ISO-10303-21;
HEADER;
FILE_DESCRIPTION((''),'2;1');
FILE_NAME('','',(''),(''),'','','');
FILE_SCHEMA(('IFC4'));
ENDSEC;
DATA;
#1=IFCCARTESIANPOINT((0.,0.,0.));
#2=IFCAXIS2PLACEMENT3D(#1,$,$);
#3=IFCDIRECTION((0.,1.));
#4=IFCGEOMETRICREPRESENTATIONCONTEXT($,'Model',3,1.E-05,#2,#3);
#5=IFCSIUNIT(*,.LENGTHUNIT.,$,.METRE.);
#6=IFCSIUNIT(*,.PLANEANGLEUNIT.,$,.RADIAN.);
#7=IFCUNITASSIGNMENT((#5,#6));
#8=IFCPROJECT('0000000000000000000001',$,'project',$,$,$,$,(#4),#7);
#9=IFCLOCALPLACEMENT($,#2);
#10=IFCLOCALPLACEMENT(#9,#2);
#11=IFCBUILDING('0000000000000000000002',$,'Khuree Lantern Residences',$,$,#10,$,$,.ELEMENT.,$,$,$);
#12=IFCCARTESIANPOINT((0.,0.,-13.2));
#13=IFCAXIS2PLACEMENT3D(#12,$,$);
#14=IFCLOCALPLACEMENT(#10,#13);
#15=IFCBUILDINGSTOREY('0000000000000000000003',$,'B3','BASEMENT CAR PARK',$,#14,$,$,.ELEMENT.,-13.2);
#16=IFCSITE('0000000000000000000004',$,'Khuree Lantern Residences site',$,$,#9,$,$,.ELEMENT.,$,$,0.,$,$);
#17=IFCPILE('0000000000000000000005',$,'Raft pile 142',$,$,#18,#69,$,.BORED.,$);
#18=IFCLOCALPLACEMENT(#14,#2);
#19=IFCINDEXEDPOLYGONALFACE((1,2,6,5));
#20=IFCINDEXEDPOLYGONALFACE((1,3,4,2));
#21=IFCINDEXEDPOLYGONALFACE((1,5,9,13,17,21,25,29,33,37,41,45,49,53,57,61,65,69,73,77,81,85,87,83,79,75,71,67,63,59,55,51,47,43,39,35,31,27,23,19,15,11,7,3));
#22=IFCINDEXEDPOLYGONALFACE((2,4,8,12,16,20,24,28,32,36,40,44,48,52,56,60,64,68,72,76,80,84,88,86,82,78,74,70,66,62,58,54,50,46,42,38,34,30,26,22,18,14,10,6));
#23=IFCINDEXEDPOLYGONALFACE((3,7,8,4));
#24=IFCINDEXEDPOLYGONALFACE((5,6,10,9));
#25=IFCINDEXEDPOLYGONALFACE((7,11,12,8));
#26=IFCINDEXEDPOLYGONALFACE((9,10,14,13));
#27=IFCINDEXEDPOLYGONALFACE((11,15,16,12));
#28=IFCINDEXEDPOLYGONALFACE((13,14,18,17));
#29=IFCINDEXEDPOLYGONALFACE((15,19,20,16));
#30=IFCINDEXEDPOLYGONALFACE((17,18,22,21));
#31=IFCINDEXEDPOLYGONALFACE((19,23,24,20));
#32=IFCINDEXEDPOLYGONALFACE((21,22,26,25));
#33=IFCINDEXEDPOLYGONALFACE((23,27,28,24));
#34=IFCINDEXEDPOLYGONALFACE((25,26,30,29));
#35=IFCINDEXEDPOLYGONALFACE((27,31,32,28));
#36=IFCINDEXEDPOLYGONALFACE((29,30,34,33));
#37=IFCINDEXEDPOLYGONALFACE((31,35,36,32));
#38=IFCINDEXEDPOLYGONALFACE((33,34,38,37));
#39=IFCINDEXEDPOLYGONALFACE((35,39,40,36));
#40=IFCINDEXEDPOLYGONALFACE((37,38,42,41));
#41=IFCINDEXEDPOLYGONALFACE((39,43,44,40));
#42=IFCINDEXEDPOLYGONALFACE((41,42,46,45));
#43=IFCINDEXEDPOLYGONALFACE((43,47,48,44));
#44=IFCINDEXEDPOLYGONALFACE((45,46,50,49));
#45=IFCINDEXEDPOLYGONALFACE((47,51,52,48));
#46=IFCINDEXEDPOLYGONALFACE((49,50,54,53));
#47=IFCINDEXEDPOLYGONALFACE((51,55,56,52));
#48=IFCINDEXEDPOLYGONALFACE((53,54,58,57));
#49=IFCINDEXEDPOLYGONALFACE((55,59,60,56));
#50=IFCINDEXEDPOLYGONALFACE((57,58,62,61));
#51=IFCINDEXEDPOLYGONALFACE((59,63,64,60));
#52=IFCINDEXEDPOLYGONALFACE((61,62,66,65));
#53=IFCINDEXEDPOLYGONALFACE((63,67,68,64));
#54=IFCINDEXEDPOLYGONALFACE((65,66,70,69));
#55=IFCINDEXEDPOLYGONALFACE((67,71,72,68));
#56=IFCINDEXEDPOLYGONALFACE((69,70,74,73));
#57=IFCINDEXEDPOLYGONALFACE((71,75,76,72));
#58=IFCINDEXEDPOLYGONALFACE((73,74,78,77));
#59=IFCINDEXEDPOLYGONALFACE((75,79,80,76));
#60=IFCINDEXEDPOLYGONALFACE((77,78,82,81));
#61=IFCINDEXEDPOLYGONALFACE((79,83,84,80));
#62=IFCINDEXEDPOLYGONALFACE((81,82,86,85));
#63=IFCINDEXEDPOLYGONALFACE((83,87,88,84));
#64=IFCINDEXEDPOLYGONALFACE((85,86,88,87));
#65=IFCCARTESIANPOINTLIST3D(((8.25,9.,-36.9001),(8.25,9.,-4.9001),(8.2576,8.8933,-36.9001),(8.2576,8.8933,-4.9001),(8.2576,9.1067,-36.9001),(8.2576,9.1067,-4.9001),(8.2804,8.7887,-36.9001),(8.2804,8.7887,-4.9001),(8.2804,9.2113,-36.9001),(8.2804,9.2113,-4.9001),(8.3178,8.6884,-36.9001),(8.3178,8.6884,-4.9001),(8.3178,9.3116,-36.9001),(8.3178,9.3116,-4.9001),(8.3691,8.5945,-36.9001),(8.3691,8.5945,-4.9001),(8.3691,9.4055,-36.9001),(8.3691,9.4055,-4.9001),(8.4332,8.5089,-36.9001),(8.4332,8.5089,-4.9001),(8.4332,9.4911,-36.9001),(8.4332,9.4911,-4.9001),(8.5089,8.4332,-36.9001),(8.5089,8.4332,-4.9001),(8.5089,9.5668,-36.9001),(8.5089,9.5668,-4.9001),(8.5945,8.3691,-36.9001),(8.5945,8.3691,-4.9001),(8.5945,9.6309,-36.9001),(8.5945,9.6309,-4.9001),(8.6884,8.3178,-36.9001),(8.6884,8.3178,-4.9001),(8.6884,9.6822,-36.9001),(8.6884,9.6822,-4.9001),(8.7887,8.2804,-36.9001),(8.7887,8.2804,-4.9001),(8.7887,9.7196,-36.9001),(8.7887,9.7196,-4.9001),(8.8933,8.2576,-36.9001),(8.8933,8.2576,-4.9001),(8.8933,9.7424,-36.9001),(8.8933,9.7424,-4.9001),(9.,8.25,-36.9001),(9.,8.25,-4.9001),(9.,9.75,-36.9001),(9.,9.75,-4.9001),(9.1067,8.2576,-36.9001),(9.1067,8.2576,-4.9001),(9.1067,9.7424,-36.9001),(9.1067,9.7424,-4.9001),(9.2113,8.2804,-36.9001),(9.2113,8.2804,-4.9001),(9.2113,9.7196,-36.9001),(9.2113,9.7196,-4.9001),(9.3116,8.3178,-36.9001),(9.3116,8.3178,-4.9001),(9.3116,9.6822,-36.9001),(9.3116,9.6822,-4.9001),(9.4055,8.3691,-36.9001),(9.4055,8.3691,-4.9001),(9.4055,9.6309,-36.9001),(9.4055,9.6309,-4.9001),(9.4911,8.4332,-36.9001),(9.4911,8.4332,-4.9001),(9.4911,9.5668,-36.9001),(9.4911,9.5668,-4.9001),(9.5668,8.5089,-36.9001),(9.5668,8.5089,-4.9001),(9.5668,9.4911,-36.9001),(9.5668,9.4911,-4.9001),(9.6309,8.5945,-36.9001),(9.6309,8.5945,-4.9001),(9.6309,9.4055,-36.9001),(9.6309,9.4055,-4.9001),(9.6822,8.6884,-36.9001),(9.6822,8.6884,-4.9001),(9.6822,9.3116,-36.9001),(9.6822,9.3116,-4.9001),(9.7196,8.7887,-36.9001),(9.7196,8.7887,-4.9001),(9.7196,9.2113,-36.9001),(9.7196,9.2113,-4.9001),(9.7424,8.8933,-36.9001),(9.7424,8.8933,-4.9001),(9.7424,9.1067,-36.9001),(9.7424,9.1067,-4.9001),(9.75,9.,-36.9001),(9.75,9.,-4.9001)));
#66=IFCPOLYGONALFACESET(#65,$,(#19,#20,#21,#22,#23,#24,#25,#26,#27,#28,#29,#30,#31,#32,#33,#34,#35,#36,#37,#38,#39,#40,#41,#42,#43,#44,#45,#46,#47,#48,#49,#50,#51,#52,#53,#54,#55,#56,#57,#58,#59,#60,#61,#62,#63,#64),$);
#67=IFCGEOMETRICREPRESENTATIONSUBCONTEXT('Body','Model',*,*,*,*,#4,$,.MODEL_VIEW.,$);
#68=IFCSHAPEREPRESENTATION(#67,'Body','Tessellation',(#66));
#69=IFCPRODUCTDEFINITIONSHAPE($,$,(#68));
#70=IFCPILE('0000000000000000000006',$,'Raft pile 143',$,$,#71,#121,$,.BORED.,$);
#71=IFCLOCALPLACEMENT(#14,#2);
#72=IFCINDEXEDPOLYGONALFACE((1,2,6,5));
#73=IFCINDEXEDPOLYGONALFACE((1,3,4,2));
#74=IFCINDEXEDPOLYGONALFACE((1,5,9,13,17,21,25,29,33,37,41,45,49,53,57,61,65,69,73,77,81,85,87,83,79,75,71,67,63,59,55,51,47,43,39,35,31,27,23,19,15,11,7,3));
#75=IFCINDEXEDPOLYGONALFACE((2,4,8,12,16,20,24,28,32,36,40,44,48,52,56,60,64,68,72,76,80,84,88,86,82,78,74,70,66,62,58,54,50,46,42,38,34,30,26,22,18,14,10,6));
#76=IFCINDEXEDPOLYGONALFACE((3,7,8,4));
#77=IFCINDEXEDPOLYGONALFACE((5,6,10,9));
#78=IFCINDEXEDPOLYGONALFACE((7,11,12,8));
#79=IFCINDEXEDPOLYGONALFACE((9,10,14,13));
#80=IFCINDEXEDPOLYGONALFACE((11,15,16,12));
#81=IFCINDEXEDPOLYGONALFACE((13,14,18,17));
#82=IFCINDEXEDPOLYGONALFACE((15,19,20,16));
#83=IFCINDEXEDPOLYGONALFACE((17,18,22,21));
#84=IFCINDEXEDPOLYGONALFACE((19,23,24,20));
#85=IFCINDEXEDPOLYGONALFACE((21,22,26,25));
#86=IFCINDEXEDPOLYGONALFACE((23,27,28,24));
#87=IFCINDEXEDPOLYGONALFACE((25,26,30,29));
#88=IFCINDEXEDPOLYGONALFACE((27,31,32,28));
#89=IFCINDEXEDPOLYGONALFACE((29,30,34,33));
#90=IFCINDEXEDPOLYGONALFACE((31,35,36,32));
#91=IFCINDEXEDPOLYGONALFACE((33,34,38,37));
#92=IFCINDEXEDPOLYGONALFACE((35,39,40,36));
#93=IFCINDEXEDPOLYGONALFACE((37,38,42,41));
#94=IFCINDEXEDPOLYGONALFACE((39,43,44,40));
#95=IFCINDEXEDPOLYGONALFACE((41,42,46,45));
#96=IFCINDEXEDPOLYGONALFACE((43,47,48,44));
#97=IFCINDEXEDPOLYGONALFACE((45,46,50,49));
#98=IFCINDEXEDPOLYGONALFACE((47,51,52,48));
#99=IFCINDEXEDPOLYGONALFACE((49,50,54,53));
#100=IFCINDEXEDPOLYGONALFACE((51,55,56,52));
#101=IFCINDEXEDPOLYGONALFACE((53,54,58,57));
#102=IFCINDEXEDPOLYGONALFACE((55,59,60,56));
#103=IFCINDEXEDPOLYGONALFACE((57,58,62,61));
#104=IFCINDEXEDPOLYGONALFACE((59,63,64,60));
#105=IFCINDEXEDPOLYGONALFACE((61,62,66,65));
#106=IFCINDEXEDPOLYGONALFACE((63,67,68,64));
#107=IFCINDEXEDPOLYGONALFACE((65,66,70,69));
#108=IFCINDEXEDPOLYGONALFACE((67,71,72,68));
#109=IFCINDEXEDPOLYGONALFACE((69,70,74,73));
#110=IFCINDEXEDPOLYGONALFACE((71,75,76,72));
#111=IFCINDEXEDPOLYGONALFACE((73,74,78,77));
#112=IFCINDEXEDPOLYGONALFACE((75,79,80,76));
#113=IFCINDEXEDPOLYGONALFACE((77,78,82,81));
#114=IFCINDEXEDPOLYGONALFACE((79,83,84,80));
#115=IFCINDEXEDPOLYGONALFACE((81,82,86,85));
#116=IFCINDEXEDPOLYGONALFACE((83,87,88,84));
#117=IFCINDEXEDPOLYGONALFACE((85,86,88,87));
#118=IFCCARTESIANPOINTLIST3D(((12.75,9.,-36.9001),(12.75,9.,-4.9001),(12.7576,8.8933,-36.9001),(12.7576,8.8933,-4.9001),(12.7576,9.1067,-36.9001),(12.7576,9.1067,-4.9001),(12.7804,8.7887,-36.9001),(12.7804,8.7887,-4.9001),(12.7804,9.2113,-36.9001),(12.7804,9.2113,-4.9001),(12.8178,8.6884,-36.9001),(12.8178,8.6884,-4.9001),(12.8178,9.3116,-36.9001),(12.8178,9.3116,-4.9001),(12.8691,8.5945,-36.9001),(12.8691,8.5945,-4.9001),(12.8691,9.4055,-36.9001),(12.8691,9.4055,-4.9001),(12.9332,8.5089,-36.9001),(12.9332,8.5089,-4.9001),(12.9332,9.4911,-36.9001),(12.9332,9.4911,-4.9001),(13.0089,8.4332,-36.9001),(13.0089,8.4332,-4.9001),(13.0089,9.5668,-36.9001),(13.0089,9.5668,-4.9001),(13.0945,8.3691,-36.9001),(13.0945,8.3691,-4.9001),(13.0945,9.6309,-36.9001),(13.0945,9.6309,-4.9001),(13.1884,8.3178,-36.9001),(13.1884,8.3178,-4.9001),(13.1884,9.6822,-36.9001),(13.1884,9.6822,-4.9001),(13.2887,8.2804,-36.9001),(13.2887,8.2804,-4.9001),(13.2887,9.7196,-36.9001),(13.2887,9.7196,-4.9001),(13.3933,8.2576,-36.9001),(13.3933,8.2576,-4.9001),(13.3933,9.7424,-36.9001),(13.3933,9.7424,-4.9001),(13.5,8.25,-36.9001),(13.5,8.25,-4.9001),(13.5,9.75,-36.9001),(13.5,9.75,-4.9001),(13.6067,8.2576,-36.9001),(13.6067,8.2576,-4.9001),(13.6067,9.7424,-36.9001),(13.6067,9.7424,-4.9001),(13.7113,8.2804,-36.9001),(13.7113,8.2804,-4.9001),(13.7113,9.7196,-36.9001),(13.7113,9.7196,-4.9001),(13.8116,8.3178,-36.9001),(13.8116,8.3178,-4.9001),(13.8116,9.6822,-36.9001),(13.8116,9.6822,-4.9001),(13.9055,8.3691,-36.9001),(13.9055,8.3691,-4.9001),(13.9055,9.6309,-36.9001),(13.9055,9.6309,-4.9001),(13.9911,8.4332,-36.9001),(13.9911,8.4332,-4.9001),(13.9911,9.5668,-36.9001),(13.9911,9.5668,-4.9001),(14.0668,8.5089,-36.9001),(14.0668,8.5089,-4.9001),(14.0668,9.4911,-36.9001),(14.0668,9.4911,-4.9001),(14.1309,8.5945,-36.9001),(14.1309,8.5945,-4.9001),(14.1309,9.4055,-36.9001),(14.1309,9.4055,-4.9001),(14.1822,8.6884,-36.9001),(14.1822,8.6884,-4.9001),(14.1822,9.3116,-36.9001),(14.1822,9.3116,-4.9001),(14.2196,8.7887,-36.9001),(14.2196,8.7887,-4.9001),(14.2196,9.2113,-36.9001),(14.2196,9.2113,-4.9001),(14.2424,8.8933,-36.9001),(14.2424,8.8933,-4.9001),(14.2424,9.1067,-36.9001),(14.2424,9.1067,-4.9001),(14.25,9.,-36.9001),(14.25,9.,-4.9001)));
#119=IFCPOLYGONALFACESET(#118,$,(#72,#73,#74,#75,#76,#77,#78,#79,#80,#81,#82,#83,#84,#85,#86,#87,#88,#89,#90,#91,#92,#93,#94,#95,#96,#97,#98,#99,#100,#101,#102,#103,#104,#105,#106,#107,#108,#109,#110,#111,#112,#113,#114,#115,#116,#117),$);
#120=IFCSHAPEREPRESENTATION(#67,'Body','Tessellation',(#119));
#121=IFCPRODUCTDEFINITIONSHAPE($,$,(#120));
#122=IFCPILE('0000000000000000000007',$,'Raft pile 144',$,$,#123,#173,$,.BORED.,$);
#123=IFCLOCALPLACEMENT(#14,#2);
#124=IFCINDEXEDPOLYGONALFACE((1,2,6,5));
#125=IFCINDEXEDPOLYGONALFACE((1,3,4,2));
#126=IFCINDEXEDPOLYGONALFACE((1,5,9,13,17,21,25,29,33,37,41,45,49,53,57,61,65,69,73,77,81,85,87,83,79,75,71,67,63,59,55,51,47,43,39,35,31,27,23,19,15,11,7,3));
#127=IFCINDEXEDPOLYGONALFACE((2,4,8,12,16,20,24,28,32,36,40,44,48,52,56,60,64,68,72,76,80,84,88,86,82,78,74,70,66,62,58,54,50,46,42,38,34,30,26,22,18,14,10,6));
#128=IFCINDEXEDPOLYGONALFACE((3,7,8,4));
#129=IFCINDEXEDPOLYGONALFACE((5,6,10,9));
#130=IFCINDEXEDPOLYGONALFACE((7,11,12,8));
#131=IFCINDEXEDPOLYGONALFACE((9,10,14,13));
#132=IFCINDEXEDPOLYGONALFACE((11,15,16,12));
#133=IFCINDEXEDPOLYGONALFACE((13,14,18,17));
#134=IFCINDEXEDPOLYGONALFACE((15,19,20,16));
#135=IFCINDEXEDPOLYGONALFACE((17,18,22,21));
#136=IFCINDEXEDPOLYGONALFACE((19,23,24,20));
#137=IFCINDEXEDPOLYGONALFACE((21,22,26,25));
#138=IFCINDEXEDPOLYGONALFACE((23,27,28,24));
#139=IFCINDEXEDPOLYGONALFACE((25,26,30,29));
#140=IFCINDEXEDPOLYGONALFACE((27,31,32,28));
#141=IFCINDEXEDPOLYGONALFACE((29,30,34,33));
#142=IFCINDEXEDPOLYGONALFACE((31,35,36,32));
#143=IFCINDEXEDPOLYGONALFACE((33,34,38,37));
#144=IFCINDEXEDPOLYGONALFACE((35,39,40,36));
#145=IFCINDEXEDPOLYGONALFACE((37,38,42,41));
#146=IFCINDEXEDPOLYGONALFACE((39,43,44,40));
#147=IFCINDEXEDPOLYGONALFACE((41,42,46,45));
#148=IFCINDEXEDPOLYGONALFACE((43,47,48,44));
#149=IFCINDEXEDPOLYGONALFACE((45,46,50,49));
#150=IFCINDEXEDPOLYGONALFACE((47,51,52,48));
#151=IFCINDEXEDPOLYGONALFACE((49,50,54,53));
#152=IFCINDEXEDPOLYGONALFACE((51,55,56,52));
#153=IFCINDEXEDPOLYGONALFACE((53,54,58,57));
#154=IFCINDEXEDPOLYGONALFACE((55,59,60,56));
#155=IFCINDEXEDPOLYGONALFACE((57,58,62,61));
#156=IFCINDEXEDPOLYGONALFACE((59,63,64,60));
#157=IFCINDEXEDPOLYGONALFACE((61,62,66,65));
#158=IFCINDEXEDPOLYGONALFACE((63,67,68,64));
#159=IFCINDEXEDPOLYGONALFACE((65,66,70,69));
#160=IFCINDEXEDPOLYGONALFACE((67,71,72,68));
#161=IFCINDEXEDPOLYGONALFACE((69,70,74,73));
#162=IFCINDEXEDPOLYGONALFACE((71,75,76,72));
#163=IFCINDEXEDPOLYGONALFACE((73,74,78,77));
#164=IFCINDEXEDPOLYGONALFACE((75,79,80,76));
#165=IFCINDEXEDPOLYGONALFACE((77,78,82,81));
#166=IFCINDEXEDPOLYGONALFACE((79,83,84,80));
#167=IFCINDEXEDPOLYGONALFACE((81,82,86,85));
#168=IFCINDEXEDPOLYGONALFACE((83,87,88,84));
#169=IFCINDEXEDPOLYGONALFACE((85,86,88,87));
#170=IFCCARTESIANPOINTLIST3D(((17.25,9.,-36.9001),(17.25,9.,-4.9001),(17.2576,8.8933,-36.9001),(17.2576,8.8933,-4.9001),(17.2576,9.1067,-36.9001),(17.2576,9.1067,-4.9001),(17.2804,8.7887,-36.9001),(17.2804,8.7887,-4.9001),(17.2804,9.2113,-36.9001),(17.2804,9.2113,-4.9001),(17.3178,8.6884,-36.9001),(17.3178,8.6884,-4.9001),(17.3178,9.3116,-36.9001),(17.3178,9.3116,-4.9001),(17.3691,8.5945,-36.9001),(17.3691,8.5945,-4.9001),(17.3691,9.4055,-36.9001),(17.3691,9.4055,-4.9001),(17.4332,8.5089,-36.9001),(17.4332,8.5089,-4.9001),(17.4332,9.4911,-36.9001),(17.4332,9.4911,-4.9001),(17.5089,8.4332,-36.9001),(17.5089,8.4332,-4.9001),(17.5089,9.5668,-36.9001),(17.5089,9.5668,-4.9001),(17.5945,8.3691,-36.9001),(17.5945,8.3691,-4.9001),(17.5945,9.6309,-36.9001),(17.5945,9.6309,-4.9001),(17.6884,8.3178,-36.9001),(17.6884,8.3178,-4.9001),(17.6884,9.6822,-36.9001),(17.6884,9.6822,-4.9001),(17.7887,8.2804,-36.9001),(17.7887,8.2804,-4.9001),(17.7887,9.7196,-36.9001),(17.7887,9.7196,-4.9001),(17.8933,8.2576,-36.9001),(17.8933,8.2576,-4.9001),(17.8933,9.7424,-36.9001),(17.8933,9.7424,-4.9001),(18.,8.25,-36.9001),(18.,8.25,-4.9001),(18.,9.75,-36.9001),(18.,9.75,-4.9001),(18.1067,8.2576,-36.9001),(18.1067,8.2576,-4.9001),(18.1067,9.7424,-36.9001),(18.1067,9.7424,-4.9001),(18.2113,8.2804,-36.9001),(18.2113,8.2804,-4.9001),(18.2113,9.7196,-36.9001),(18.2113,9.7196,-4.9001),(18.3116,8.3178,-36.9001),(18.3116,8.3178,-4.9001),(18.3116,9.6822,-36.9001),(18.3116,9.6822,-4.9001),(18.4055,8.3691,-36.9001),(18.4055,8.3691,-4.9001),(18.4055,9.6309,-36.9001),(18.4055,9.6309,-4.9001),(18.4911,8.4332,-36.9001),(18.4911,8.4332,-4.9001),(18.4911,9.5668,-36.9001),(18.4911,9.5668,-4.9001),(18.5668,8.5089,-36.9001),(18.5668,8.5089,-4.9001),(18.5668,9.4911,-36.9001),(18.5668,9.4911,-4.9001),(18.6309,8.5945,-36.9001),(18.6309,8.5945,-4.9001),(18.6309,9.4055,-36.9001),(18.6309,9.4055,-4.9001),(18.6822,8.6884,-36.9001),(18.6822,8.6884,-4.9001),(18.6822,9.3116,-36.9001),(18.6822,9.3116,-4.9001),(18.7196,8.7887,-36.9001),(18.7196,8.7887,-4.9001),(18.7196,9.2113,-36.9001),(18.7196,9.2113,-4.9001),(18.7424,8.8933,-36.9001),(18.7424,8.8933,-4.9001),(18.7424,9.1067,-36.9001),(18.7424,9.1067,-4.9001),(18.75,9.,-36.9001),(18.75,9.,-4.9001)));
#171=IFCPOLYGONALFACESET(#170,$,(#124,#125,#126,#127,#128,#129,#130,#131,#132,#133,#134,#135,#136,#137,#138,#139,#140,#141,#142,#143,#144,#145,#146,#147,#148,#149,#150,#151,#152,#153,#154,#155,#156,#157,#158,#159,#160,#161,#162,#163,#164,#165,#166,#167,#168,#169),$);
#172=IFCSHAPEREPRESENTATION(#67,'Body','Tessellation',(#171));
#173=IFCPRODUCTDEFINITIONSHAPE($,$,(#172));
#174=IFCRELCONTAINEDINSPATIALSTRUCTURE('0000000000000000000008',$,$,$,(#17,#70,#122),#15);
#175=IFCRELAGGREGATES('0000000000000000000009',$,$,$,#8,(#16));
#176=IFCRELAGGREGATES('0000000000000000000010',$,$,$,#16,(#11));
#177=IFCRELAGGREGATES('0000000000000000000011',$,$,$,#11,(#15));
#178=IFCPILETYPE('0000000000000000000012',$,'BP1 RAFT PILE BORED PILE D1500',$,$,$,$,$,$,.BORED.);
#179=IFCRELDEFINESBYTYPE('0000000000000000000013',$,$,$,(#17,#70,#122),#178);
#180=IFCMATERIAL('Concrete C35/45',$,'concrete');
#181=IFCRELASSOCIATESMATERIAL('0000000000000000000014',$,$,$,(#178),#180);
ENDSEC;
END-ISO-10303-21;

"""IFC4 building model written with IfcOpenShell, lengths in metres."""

from ifc_helpers import new_model, si_unit, direction, frame, origin, origin_2d, place, context, subcontext, project, spatial, circle, extrude, material, material_profile, profile_set, type_object, element, save


model = new_model("IFC4")

# Units and contexts
model_context = context("Model", 3, precision=1e-05, world=origin(), true_north=direction((0.0, 1.0)))
body_context = subcontext(model_context, "Body", "Model", "MODEL_VIEW")
ifc_project = project(units=[si_unit("LENGTHUNIT", "METRE"), si_unit("PLANEANGLEUNIT", "RADIAN")], contexts=[model_context])

# Site, building, storey
site_placement = place(None, origin())
site = spatial("IfcSite", under=ifc_project, at=site_placement, Name="Khuree Lantern Residences site", CompositionType="ELEMENT", RefElevation=0.0)
building_placement = place(site_placement, origin())
building = spatial("IfcBuilding", under=site, at=building_placement, Name="Khuree Lantern Residences", CompositionType="ELEMENT")
storey_placement = place(building_placement, frame((0.0, 0.0, -13.2)))
storey = spatial("IfcBuildingStorey", under=building, at=storey_placement, Name="B3", Description="BASEMENT CAR PARK", CompositionType="ELEMENT", Elevation=-13.2)

# Piles
ifc_material_1 = material(Name="Concrete C35/45", Category="concrete")
ifc_material_profile_1 = material_profile(ifc_material_1, circle(Radius=0.75, at=origin_2d()), Name="BORED PILE D1500")
ifc_profile_set_1 = profile_set([ifc_material_profile_1], Name="Concrete C35/45")
pile_type = type_object("IfcPileType", Name="BP1 RAFT PILE BORED PILE D1500", PredefinedType="BORED", material=ifc_profile_set_1)
for number, where, z_axis, x_axis, name in (
    (1, (9.0, 9.0, -4.9001), (0.0, 0.0, -1.0), (1.0, 0.0, 0.0), "Raft pile 142"),
    (2, (13.5, 9.0, -4.9001), (0.0, 0.0, -1.0), (1.0, 0.0, 0.0), "Raft pile 143"),
    (3, (18.0, 9.0, -4.9001), (0.0, 0.0, -1.0), (1.0, 0.0, 0.0), "Raft pile 144"),
):
    element("IfcPile", number, at=place(storey_placement, frame(where, z_axis=z_axis, x_axis=x_axis)), inside=storey, type_object=pile_type, Name=name, PredefinedType="BORED", context=body_context, shape_type="SweptSolid", body=[
        extrude(circle(Radius=0.75, at=origin_2d()), origin(), (0.0, 0.0, 1.0), 32.0),
    ])

save(model, "model.ifc")
